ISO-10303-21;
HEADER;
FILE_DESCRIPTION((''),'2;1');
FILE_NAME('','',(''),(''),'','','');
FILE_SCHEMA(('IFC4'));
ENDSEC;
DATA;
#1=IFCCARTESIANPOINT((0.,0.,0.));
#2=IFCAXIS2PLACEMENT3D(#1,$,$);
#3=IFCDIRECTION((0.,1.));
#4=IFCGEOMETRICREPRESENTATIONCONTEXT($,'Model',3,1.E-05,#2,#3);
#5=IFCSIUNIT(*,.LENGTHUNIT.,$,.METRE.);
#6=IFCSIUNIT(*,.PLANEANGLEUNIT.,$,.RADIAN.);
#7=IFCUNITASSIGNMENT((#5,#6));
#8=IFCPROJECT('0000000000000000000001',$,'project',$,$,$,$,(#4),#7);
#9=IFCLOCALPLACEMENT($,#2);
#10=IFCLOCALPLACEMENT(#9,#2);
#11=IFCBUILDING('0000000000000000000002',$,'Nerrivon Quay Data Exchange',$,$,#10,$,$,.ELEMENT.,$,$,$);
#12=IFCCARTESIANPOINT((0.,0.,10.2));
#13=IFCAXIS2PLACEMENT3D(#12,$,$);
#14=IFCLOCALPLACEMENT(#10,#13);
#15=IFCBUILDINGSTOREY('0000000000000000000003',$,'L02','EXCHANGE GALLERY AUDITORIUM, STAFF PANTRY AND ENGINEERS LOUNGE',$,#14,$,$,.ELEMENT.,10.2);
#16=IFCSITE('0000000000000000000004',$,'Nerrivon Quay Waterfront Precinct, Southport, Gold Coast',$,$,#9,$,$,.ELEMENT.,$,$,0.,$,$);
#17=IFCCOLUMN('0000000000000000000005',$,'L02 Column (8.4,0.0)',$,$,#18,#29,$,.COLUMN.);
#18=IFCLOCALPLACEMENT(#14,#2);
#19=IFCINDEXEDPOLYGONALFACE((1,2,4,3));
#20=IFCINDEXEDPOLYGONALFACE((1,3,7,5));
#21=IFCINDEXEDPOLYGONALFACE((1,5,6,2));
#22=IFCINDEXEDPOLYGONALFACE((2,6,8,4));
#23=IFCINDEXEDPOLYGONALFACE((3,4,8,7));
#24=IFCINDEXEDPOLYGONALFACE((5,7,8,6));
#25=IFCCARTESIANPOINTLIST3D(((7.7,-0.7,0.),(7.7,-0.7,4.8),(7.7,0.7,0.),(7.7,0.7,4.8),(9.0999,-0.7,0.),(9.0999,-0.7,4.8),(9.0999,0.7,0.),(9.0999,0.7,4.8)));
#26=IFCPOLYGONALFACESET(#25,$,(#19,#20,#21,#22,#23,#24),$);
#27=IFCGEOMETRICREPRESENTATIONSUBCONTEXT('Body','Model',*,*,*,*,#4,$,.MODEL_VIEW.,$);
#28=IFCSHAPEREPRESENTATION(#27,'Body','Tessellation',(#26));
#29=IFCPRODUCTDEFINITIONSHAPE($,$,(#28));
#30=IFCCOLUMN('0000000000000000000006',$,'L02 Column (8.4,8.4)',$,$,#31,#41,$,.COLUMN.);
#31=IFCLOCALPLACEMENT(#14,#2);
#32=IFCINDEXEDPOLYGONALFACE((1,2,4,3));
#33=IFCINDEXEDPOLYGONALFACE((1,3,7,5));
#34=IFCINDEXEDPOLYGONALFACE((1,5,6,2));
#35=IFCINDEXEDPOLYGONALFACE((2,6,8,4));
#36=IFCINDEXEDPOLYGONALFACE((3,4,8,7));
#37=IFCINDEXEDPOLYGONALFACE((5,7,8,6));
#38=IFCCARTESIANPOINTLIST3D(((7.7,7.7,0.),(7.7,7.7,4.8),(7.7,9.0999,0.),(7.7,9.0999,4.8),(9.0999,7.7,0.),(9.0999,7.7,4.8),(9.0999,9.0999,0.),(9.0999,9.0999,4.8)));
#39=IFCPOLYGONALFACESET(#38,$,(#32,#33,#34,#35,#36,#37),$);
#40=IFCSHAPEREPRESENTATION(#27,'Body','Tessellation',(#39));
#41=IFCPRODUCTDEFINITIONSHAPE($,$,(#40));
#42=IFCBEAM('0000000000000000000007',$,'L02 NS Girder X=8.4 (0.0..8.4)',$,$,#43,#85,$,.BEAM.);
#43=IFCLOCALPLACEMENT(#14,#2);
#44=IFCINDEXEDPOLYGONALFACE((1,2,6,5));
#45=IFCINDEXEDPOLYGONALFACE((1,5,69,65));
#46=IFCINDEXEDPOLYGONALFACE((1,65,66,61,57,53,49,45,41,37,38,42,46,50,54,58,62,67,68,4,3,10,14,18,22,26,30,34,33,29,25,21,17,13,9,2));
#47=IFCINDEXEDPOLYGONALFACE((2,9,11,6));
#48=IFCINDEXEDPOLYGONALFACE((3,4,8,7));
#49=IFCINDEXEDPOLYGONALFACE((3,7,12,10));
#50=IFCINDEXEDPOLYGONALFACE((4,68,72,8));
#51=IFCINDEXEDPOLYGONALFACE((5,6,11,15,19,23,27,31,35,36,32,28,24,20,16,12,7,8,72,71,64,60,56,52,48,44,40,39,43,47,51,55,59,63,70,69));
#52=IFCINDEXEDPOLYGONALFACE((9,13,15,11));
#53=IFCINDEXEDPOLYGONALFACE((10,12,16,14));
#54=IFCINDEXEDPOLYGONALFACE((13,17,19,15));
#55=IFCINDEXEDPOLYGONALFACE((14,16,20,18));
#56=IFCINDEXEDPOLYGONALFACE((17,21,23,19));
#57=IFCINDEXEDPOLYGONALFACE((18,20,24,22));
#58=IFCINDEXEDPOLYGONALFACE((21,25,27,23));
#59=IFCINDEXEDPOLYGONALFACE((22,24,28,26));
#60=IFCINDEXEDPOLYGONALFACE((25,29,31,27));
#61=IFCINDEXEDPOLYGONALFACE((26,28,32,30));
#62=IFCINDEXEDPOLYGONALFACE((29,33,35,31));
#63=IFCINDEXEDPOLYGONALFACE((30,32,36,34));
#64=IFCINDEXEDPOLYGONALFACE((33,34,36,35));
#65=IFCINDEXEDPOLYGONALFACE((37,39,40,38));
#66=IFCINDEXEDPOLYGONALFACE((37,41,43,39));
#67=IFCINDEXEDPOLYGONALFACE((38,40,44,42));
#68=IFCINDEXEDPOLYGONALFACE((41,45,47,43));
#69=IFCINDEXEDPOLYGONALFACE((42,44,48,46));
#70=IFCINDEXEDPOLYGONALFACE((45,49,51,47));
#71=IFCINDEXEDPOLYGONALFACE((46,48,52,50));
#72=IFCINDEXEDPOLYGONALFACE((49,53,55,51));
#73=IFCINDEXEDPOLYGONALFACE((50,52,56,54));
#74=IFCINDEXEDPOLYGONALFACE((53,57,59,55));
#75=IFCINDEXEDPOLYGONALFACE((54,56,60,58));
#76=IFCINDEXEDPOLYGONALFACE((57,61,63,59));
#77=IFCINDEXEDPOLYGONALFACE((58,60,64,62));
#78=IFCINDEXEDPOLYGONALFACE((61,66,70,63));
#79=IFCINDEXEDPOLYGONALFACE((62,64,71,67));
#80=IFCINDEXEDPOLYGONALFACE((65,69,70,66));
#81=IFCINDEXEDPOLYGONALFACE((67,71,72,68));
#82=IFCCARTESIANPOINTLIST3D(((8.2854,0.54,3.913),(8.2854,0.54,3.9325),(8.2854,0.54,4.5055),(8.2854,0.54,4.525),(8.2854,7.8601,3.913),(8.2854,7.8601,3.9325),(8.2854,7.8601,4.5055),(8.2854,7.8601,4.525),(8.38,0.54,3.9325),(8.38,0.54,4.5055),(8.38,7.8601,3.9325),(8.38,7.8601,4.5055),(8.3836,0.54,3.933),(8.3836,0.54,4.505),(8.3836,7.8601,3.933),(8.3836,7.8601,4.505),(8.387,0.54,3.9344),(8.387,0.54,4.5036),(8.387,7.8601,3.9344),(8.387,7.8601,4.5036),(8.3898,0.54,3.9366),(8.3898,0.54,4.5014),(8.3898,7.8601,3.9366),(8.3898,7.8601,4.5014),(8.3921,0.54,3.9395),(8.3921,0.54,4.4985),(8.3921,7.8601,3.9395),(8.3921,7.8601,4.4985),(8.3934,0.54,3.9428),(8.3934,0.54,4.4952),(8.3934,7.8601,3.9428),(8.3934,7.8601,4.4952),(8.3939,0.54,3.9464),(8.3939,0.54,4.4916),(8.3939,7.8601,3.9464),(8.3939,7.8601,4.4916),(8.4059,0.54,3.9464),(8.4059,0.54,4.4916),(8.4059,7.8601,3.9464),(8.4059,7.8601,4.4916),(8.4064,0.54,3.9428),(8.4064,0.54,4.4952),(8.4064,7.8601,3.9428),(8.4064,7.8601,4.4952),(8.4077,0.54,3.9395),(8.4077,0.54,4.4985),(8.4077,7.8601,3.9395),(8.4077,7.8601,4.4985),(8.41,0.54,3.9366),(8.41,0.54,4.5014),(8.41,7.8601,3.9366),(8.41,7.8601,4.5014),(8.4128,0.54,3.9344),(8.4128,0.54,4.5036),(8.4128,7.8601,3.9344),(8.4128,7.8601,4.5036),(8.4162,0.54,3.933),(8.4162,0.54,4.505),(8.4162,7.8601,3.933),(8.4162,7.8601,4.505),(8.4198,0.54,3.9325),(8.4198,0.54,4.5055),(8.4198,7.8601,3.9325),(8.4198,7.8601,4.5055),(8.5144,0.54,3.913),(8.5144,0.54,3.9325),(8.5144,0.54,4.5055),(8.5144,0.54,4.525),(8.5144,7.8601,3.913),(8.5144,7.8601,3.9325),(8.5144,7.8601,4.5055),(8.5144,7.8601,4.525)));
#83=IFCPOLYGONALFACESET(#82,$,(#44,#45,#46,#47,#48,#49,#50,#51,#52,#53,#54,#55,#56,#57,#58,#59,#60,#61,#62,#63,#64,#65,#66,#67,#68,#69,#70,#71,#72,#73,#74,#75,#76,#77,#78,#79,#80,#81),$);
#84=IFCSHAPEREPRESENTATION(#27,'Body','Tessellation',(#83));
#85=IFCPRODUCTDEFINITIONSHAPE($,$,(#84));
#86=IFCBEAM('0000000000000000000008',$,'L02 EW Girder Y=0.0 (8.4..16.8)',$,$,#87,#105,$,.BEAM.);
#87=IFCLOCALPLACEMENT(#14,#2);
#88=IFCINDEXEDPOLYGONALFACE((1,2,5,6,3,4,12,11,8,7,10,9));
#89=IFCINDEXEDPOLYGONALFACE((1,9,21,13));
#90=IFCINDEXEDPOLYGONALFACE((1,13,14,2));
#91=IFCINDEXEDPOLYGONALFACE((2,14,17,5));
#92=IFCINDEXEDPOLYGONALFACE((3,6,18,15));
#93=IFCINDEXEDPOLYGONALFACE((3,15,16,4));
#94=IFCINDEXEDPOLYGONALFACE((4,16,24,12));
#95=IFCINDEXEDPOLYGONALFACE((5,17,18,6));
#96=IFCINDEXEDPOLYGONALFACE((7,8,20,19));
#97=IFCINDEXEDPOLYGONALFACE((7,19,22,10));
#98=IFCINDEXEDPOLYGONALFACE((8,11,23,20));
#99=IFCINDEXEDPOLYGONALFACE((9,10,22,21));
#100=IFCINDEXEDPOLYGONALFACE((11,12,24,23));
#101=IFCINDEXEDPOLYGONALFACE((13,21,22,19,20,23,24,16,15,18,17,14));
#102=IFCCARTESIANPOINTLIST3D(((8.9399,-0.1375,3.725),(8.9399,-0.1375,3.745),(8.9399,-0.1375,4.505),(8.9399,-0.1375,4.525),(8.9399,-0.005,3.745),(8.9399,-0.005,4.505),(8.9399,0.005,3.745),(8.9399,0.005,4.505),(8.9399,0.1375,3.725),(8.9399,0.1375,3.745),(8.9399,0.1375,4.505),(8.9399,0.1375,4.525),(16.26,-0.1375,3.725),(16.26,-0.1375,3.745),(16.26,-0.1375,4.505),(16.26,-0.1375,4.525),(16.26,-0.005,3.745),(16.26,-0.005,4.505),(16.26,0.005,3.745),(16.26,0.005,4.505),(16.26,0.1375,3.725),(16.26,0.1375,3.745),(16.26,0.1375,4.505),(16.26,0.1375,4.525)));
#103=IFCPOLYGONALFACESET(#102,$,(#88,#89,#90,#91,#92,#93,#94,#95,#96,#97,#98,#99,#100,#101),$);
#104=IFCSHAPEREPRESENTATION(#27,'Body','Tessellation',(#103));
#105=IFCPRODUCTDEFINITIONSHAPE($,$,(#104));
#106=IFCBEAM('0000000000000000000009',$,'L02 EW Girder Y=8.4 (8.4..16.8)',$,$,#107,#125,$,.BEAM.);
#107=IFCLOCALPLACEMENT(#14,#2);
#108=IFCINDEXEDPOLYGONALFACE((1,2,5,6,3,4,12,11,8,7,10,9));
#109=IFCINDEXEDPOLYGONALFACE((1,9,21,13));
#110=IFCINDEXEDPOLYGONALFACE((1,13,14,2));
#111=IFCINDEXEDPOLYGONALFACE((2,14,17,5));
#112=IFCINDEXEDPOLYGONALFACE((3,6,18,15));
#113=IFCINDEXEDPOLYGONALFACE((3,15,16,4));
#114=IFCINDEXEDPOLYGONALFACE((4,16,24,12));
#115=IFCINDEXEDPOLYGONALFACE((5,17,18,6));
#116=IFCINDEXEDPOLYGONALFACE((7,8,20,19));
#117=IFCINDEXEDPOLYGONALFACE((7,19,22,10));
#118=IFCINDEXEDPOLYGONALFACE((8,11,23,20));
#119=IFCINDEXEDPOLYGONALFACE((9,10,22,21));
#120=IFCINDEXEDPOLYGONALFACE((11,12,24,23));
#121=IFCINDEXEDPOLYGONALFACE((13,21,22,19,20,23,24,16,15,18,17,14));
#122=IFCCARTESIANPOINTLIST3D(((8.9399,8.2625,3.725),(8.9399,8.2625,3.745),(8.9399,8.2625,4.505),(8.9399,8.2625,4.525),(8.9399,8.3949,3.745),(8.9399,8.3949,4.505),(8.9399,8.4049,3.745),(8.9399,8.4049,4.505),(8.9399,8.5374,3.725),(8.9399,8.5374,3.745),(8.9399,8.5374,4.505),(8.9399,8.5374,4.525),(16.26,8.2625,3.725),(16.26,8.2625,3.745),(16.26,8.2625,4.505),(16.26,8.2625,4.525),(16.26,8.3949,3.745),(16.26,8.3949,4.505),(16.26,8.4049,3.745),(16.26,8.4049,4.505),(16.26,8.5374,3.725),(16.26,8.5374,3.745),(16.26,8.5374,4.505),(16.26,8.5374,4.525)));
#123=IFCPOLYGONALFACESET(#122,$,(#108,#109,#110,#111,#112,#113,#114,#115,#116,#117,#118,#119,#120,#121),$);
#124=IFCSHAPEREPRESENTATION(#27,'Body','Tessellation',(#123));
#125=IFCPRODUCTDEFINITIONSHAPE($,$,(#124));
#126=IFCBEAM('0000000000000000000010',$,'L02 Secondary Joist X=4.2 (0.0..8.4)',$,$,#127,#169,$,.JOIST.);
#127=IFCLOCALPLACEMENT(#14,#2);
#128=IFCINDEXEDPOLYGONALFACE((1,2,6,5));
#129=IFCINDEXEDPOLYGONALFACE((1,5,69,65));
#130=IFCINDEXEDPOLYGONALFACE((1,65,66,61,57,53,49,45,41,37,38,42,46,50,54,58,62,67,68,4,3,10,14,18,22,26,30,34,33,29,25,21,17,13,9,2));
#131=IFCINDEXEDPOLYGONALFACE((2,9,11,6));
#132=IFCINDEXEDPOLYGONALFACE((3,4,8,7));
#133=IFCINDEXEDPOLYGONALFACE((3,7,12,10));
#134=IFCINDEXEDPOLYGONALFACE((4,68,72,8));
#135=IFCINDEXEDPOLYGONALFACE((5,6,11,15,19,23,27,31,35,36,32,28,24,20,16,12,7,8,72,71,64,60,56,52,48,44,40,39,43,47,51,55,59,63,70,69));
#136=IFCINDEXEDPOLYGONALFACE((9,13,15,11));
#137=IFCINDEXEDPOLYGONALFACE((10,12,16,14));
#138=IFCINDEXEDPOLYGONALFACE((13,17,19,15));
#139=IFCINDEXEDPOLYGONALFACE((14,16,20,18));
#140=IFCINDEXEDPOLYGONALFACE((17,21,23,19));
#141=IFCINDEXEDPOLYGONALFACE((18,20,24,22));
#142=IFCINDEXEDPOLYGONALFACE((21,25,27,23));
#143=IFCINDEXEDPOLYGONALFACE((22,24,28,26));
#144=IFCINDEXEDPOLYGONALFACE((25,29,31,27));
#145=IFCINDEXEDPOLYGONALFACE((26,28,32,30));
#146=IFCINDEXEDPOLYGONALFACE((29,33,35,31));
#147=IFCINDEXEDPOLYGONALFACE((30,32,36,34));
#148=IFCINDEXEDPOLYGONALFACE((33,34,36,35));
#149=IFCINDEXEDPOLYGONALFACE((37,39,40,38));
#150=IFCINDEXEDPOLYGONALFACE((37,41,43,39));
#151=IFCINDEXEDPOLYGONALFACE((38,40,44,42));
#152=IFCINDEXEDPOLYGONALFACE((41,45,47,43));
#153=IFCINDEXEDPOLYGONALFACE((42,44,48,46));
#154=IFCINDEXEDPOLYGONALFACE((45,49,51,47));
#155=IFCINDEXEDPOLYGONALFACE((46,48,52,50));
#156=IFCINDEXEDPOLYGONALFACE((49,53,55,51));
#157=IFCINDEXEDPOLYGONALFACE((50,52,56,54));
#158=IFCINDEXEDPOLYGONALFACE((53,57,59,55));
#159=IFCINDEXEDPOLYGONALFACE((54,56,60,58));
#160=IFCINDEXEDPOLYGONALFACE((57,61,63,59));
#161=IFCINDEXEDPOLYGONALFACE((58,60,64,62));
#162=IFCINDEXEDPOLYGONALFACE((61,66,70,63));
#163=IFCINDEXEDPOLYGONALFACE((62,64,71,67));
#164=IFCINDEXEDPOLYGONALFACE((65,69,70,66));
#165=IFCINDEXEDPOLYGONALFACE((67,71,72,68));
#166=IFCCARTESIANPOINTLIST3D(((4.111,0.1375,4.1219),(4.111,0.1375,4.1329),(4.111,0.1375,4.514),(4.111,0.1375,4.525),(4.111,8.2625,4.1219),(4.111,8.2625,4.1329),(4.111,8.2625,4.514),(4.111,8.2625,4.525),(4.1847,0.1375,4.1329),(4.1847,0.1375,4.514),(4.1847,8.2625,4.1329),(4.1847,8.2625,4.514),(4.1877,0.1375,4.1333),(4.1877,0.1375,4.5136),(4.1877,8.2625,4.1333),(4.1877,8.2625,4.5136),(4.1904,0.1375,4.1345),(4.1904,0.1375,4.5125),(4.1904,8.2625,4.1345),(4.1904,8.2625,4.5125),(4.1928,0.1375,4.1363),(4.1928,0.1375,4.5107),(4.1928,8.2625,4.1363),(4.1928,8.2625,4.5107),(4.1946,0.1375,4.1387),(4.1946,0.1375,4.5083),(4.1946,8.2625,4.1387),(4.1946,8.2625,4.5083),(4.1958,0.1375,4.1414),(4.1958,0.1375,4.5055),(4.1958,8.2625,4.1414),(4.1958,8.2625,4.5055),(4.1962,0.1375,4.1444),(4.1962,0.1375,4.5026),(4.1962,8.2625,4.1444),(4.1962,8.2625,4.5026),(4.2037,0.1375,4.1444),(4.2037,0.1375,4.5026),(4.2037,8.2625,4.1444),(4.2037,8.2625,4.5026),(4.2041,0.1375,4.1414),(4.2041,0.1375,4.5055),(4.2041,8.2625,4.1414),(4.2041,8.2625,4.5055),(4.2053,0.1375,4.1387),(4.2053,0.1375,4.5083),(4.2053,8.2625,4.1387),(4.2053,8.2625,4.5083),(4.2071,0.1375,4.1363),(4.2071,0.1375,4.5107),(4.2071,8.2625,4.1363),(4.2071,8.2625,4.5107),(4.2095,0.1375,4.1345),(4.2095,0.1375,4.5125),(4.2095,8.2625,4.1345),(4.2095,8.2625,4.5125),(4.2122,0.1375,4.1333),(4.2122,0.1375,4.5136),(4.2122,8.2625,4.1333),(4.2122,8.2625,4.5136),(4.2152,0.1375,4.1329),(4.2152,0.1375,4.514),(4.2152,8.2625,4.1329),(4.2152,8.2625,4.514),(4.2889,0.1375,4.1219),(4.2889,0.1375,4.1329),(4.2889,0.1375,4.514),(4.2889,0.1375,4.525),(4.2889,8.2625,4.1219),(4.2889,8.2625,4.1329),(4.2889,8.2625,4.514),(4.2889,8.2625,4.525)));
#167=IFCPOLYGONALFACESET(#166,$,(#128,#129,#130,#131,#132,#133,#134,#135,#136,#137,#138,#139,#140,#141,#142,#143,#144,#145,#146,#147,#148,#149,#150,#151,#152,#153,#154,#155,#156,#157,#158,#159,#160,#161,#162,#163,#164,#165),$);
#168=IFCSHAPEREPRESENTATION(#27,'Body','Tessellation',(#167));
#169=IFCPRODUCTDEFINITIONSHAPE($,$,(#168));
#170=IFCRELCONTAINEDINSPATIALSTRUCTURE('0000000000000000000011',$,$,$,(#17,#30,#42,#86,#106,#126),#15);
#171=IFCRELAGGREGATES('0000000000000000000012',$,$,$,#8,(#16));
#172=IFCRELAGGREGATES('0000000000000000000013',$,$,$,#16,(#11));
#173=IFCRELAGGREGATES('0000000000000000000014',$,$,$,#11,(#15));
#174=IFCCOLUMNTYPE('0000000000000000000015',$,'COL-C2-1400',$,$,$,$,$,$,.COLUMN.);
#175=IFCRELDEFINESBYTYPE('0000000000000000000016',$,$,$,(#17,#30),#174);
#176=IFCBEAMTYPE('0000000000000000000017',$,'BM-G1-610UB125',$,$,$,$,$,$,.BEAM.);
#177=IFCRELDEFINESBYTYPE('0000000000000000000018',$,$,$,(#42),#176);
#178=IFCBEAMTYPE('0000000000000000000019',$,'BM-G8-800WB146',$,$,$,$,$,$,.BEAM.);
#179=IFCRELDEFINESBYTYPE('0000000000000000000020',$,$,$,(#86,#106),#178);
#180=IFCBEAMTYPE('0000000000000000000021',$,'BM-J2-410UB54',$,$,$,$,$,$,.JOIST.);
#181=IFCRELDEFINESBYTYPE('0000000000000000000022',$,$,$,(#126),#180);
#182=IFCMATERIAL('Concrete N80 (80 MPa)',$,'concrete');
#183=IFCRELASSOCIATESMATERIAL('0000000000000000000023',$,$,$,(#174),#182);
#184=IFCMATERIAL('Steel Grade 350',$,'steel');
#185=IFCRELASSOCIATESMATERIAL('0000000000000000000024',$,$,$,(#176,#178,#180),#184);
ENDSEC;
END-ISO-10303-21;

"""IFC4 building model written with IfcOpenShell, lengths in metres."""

from ifc_helpers import new_model, si_unit, direction, frame, origin, origin_2d, place, context, subcontext, project, spatial, rectangle, i_section, extrude, material, material_profile, profile_set, type_object, element, save


model = new_model("IFC4")

# Units and contexts
model_context = context("Model", 3, precision=1e-05, world=origin(), true_north=direction((0.0, 1.0)))
body_context = subcontext(model_context, "Body", "Model", "MODEL_VIEW")
ifc_project = project(units=[si_unit("LENGTHUNIT", "METRE"), si_unit("PLANEANGLEUNIT", "RADIAN")], contexts=[model_context])

# Site, building, storey
site_placement = place(None, origin())
site = spatial("IfcSite", under=ifc_project, at=site_placement, Name="Nerrivon Quay Waterfront Precinct, Southport, Gold Coast", CompositionType="ELEMENT", RefElevation=0.0)
building_placement = place(site_placement, origin())
building = spatial("IfcBuilding", under=site, at=building_placement, Name="Nerrivon Quay Data Exchange", CompositionType="ELEMENT")
storey_placement = place(building_placement, frame((0.0, 0.0, 10.2)))
storey = spatial("IfcBuildingStorey", under=building, at=storey_placement, Name="L02", Description="EXCHANGE GALLERY AUDITORIUM, STAFF PANTRY AND ENGINEERS LOUNGE", CompositionType="ELEMENT", Elevation=10.2)

# Columns
ifc_material_1 = material(Name="Concrete N80 (80 MPa)", Category="concrete")
ifc_material_profile_1 = material_profile(ifc_material_1, rectangle(XDim=1.3999, YDim=1.3999, at=origin_2d()), Name="RC-COL-1400x1400")
ifc_profile_set_1 = profile_set([ifc_material_profile_1], Name="Concrete N80 (80 MPa)")
column_type = type_object("IfcColumnType", Name="COL-C2-1400", PredefinedType="COLUMN", material=ifc_profile_set_1)
for number, where, z_axis, x_axis, name in (
    (1, (8.3999, 0.0, 0.0), (0.0, 0.0, 1.0), (1.0, 0.0, 0.0), "L02 Column (8.4,0.0)"),
    (2, (8.3999, 8.3999, 0.0), (0.0, 0.0, 1.0), (1.0, 0.0, 0.0), "L02 Column (8.4,8.4)"),
):
    element("IfcColumn", number, at=place(storey_placement, frame(where, z_axis=z_axis, x_axis=x_axis)), inside=storey, type_object=column_type, Name=name, PredefinedType="COLUMN", context=body_context, shape_type="SweptSolid", body=[
        extrude(rectangle(XDim=1.3999, YDim=1.3999, at=origin_2d()), origin(), (0.0, 0.0, 1.0), 4.8),
    ])

# Beams
ifc_material_2 = material(Name="Steel Grade 350", Category="steel")
ifc_material_profile_2 = material_profile(ifc_material_2, i_section(OverallWidth=0.229, OverallDepth=0.6121, WebThickness=0.012, FlangeThickness=0.0195, FilletRadius=0.0139, at=origin_2d()), Name="610UB125")
ifc_profile_set_2 = profile_set([ifc_material_profile_2], Name="Steel Grade 350")
beam_type_1 = type_object("IfcBeamType", Name="BM-G1-610UB125", PredefinedType="BEAM", material=ifc_profile_set_2)
beam_placement = place(storey_placement, frame((8.3999, 0.54, 4.219), z_axis=(0.0, 1.0, 0.0), x_axis=(-1.0, 0.0, 0.0)))
element("IfcBeam", 3, at=beam_placement, inside=storey, type_object=beam_type_1, Name="L02 NS Girder X=8.4 (0.0..8.4)", PredefinedType="BEAM", context=body_context, shape_type="SweptSolid", body=[
    extrude(i_section(OverallWidth=0.229, OverallDepth=0.6121, WebThickness=0.012, FlangeThickness=0.0195, FilletRadius=0.0139, at=origin_2d()), origin(), (0.0, 0.0, 1.0), 7.3201),
])
ifc_material_profile_3 = material_profile(ifc_material_2, i_section(OverallWidth=0.2749, OverallDepth=0.8, WebThickness=0.01, FlangeThickness=0.02, at=origin_2d()), Name="800WB146")
ifc_profile_set_3 = profile_set([ifc_material_profile_3], Name="Steel Grade 350")
beam_type_2 = type_object("IfcBeamType", Name="BM-G8-800WB146", PredefinedType="BEAM", material=ifc_profile_set_3)
for number, where, z_axis, x_axis, name in (
    (4, (8.9399, 0.0, 4.125), (1.0, 0.0, 0.0), (0.0, 1.0, 0.0), "L02 EW Girder Y=0.0 (8.4..16.8)"),
    (5, (8.9399, 8.3999, 4.125), (1.0, 0.0, 0.0), (0.0, 1.0, 0.0), "L02 EW Girder Y=8.4 (8.4..16.8)"),
):
    element("IfcBeam", number, at=place(storey_placement, frame(where, z_axis=z_axis, x_axis=x_axis)), inside=storey, type_object=beam_type_2, Name=name, PredefinedType="BEAM", context=body_context, shape_type="SweptSolid", body=[
        extrude(i_section(OverallWidth=0.2749, OverallDepth=0.8, WebThickness=0.01, FlangeThickness=0.02, at=origin_2d()), origin(), (0.0, 0.0, 1.0), 7.3201),
    ])
ifc_material_profile_4 = material_profile(ifc_material_2, i_section(OverallWidth=0.178, OverallDepth=0.4031, WebThickness=0.0076, FlangeThickness=0.011, FilletRadius=0.0115, at=origin_2d()), Name="410UB53.7")
ifc_profile_set_4 = profile_set([ifc_material_profile_4], Name="Steel Grade 350")
beam_type_3 = type_object("IfcBeamType", Name="BM-J2-410UB54", PredefinedType="JOIST", material=ifc_profile_set_4)
for number, where, z_axis, x_axis, name in (
    (6, (4.2, 0.1375, 4.3235), (0.0, 1.0, 0.0), (-1.0, 0.0, 0.0), "L02 Secondary Joist X=4.2 (0.0..8.4)"),
):
    element("IfcBeam", number, at=place(storey_placement, frame(where, z_axis=z_axis, x_axis=x_axis)), inside=storey, type_object=beam_type_3, Name=name, PredefinedType="JOIST", context=body_context, shape_type="SweptSolid", body=[
        extrude(i_section(OverallWidth=0.178, OverallDepth=0.4031, WebThickness=0.0076, FlangeThickness=0.011, FilletRadius=0.0115, at=origin_2d()), origin(), (0.0, 0.0, 1.0), 8.125),
    ])

save(model, "model.ifc")
